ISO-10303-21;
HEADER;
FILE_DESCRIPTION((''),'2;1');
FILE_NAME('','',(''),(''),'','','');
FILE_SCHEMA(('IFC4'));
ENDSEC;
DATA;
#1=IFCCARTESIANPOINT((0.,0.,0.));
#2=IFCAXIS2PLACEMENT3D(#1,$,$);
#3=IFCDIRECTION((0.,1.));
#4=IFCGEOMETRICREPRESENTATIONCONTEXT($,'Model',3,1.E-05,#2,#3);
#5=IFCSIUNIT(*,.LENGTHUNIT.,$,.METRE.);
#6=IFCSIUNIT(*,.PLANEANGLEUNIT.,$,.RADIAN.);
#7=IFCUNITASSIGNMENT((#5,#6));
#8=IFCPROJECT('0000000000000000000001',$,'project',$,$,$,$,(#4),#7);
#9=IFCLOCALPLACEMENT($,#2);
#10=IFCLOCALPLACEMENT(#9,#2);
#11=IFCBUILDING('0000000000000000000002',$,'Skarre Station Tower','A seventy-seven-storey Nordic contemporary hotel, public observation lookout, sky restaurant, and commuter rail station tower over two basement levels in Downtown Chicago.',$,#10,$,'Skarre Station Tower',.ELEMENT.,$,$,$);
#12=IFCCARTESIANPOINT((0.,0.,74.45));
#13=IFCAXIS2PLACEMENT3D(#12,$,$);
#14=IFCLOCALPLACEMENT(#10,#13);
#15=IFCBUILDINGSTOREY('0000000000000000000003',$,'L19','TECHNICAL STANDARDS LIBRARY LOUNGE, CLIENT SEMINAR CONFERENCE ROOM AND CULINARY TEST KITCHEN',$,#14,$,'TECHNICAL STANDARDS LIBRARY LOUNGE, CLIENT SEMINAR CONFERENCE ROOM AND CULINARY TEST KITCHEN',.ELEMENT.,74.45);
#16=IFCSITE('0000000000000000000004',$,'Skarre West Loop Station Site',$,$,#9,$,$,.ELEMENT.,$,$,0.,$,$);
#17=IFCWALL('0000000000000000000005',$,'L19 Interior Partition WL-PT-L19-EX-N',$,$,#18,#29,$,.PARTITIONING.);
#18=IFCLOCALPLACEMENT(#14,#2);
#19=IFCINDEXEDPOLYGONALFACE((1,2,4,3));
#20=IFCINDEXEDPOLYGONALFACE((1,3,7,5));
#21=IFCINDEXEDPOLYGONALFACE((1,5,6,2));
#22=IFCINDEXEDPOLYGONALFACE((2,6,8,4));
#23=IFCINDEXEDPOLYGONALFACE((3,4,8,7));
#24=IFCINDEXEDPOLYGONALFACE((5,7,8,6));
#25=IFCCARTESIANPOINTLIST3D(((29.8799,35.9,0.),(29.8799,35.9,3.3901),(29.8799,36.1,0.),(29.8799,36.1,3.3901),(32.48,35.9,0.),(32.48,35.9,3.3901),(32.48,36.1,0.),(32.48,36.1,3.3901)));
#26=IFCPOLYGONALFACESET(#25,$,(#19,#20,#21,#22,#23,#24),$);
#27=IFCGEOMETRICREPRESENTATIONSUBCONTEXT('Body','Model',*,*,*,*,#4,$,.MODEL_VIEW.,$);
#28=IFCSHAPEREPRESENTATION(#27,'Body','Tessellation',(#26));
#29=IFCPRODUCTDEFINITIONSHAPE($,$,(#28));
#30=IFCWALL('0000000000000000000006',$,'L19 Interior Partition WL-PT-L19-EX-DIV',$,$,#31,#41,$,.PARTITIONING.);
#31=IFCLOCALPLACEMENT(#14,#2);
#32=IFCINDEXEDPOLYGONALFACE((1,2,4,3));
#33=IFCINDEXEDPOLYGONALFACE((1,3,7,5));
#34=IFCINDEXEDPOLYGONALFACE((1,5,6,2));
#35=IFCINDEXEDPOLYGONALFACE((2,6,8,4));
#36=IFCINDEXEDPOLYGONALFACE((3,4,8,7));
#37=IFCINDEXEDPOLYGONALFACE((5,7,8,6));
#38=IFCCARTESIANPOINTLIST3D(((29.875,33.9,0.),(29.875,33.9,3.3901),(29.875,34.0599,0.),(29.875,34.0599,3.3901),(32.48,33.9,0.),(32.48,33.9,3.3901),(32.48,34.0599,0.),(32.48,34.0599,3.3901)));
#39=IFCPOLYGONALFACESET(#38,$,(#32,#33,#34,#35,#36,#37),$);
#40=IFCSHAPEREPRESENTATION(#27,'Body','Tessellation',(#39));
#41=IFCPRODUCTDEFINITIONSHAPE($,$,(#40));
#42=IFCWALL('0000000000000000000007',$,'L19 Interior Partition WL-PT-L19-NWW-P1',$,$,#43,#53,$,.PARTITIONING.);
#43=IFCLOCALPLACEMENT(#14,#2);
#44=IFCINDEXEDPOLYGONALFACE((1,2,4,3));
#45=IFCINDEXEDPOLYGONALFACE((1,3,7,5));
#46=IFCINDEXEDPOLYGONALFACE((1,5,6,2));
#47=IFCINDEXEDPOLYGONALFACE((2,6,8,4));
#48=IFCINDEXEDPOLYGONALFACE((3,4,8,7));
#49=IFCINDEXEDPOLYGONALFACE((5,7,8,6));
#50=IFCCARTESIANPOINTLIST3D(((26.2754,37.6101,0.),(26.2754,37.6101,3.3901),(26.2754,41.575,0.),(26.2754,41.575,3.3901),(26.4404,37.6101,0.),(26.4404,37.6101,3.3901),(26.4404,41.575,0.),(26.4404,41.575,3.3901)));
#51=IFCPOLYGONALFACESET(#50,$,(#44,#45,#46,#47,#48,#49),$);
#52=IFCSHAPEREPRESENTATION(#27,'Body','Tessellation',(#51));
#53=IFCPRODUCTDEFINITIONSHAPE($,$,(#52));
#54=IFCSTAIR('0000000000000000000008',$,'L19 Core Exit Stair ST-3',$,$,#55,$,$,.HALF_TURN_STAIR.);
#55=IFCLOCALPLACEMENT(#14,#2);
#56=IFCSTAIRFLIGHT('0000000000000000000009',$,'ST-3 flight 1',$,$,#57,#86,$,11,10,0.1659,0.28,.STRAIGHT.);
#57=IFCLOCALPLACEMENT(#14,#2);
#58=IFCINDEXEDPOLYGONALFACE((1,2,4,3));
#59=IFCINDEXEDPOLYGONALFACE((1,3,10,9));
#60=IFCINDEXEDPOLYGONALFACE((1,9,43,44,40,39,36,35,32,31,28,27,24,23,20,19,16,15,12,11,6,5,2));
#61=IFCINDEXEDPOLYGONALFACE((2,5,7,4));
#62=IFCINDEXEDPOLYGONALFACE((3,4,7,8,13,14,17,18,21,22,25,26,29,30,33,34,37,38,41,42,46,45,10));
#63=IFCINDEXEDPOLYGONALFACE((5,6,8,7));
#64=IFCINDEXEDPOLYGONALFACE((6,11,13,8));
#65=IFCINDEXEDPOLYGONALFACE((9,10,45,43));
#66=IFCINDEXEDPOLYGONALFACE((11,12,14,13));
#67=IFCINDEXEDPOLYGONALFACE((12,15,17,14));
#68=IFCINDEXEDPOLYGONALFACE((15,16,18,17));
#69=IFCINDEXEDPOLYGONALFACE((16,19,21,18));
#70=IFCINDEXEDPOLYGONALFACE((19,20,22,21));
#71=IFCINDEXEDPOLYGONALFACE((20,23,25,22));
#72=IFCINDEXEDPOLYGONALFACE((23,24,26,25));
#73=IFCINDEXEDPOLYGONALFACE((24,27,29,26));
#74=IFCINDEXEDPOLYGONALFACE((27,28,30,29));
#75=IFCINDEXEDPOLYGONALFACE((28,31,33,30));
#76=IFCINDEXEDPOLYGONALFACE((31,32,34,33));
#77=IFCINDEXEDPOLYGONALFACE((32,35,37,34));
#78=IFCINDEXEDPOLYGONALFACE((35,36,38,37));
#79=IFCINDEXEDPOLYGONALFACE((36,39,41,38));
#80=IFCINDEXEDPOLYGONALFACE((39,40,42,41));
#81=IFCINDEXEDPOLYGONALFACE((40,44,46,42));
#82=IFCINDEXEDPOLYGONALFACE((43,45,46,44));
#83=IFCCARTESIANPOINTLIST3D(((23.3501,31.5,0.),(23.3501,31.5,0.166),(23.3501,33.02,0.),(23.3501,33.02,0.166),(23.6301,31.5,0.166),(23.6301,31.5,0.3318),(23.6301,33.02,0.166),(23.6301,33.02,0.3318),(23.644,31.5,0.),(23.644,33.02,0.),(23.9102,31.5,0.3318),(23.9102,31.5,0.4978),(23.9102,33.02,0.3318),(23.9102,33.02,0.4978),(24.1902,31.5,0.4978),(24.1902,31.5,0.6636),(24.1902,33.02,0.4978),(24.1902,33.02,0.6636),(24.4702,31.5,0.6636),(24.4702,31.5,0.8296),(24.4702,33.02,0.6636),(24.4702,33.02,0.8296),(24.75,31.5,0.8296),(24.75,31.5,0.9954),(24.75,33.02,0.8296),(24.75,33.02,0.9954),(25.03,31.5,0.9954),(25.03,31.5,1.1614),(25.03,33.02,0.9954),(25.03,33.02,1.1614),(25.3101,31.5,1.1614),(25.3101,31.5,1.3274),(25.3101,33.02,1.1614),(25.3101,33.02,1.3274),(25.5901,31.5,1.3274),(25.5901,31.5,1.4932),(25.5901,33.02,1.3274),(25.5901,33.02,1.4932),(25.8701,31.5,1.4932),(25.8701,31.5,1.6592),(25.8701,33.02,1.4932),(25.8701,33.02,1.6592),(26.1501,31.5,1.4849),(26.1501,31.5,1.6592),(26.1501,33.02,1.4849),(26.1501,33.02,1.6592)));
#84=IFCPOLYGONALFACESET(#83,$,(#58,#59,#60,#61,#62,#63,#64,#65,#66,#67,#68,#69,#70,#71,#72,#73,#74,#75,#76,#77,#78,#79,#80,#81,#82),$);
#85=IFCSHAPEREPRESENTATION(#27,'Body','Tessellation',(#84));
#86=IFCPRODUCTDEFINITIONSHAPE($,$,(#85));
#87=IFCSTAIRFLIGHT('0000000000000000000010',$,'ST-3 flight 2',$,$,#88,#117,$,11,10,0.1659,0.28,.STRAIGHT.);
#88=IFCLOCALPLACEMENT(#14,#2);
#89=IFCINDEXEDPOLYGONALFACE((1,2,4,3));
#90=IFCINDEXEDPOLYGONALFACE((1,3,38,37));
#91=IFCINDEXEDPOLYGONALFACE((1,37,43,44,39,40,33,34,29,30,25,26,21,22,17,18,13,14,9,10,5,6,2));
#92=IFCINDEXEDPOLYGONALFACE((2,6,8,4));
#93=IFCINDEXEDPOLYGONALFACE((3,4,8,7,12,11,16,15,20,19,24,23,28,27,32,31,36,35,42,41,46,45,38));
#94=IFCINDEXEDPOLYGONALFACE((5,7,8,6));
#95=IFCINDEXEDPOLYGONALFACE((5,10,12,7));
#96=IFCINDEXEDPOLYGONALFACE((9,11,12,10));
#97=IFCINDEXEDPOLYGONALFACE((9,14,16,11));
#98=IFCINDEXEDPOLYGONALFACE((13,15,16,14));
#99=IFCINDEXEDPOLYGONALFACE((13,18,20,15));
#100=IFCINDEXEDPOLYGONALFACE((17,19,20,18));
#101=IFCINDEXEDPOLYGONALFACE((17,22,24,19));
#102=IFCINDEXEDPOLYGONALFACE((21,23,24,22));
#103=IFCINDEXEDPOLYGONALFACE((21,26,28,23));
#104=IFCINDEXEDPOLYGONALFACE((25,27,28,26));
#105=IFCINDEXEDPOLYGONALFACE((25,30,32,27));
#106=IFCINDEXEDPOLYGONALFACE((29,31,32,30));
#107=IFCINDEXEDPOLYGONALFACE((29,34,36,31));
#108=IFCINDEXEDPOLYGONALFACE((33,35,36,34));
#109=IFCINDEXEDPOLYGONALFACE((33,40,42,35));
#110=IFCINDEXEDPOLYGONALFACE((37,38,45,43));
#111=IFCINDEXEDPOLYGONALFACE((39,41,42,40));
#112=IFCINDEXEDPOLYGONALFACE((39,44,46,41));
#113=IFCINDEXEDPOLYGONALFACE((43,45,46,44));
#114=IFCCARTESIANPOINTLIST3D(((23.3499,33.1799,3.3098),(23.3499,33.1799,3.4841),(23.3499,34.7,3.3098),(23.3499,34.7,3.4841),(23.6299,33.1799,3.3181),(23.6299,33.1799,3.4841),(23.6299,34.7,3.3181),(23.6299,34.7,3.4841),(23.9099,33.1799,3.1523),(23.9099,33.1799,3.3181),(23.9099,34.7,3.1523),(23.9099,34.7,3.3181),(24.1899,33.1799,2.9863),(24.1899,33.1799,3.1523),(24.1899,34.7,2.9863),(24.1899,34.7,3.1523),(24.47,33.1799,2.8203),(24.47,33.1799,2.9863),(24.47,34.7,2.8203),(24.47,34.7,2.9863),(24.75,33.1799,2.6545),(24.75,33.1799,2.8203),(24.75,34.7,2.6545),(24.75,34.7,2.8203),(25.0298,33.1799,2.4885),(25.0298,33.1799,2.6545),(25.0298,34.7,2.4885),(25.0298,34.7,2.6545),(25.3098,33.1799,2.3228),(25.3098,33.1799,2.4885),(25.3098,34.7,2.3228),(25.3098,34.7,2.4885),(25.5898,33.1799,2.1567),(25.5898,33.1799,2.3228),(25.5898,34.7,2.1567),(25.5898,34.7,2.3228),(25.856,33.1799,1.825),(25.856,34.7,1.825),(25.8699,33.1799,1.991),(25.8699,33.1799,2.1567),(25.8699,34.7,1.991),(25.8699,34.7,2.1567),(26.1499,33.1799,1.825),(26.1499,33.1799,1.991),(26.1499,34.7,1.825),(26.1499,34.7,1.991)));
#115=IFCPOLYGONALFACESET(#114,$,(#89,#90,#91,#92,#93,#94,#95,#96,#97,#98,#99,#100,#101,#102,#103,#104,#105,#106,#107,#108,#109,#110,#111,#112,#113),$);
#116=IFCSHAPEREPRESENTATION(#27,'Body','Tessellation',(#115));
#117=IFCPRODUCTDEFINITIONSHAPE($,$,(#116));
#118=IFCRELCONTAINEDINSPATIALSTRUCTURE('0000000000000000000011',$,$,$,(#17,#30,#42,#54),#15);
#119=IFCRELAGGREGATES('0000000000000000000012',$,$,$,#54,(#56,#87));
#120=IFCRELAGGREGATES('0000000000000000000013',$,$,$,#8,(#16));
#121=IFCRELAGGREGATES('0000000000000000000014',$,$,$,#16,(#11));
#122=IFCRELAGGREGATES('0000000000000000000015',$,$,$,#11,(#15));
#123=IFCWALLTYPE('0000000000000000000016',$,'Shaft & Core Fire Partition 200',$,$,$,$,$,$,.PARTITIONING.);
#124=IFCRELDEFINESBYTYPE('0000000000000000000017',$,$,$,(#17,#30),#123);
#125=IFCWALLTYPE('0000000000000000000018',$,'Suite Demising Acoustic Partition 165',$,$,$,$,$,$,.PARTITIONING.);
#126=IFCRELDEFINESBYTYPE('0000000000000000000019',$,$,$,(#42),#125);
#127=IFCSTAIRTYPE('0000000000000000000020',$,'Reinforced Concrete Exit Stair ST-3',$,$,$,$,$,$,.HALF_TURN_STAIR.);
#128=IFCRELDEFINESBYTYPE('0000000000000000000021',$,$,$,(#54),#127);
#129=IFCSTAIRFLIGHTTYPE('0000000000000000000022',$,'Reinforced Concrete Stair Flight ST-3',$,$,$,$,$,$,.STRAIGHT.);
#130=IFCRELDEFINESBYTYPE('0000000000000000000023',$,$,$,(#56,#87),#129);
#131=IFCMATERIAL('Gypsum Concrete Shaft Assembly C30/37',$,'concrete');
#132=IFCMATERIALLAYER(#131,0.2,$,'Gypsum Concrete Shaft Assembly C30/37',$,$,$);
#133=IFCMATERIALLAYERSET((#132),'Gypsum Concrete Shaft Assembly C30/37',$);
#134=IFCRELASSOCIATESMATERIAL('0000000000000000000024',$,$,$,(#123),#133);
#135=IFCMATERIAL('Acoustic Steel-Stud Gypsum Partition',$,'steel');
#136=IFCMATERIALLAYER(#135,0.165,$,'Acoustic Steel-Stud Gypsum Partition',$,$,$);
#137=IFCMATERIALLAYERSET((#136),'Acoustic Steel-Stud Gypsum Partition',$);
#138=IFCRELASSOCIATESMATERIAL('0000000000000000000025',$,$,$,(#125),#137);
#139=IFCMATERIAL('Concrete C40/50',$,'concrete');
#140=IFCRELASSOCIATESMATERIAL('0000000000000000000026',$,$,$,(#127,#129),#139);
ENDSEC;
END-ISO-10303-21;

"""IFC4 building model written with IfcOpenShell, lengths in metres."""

from ifc_helpers import new_model, si_unit, direction, frame, frame_2d, origin, place, context, subcontext, project, spatial, polyline, rectangle, outline, extrude, material, layer, layer_set, type_object, element, aggregate, save


model = new_model("IFC4")

# Units and contexts
model_context = context("Model", 3, precision=1e-05, world=origin(), true_north=direction((0.0, 1.0)))
body_context = subcontext(model_context, "Body", "Model", "MODEL_VIEW")
ifc_project = project(units=[si_unit("LENGTHUNIT", "METRE"), si_unit("PLANEANGLEUNIT", "RADIAN")], contexts=[model_context])

# Site, building, storey
site_placement = place(None, origin())
site = spatial("IfcSite", under=ifc_project, at=site_placement, Name="Skarre West Loop Station Site", CompositionType="ELEMENT", RefElevation=0.0)
building_placement = place(site_placement, origin())
building = spatial("IfcBuilding", under=site, at=building_placement, Name="Skarre Station Tower", Description="A seventy-seven-storey Nordic contemporary hotel, public observation lookout, sky restaurant, and commuter rail station tower over two basement levels in Downtown Chicago.", LongName="Skarre Station Tower", CompositionType="ELEMENT")
storey_placement = place(building_placement, frame((0.0, 0.0, 74.45)))
storey = spatial("IfcBuildingStorey", under=building, at=storey_placement, Name="L19", Description="TECHNICAL STANDARDS LIBRARY LOUNGE, CLIENT SEMINAR CONFERENCE ROOM AND CULINARY TEST KITCHEN", LongName="TECHNICAL STANDARDS LIBRARY LOUNGE, CLIENT SEMINAR CONFERENCE ROOM AND CULINARY TEST KITCHEN", CompositionType="ELEMENT", Elevation=74.45)

# Shared definitions
ifc_material_1 = material(Name="Acoustic Steel-Stud Gypsum Partition", Category="steel")

# Walls
ifc_material_2 = material(Name="Gypsum Concrete Shaft Assembly C30/37", Category="concrete")
ifc_layer_1 = layer(ifc_material_2, 0.2, Name="Gypsum Concrete Shaft Assembly C30/37")
ifc_layer_set_1 = layer_set([ifc_layer_1], Name="Gypsum Concrete Shaft Assembly C30/37")
wall_type_1 = type_object("IfcWallType", Name="Shaft & Core Fire Partition 200", PredefinedType="PARTITIONING", material=ifc_layer_set_1)
wall_1_placement = place(storey_placement, frame((29.8799, 36.0, 0.0), z_axis=(0.0, 0.0, 1.0), x_axis=(1.0, 0.0, 0.0)))
element("IfcWall", 1, at=wall_1_placement, inside=storey, type_object=wall_type_1, Name="L19 Interior Partition WL-PT-L19-EX-N", PredefinedType="PARTITIONING", context=body_context, shape_type="SweptSolid", body=[
    extrude(rectangle(XDim=2.6001, YDim=0.2, at=frame_2d((1.3, 0.0))), origin(), (0.0, 0.0, 1.0), 3.3901),
])
wall_2_placement = place(storey_placement, frame((29.875, 33.98, 0.0), z_axis=(0.0, 0.0, 1.0), x_axis=(1.0, 0.0, 0.0)))
element("IfcWall", 2, at=wall_2_placement, inside=storey, type_object=wall_type_1, Name="L19 Interior Partition WL-PT-L19-EX-DIV", PredefinedType="PARTITIONING", context=body_context, shape_type="SweptSolid", body=[
    extrude(rectangle(XDim=2.605, YDim=0.1599, at=frame_2d((1.3025, 0.0))), origin(), (0.0, 0.0, 1.0), 3.3901),
])
ifc_layer_2 = layer(ifc_material_1, 0.165, Name="Acoustic Steel-Stud Gypsum Partition")
ifc_layer_set_2 = layer_set([ifc_layer_2], Name="Acoustic Steel-Stud Gypsum Partition")
wall_type_2 = type_object("IfcWallType", Name="Suite Demising Acoustic Partition 165", PredefinedType="PARTITIONING", material=ifc_layer_set_2)
wall_3_placement = place(storey_placement, frame((26.3579, 37.6101, 0.0), z_axis=(0.0, 0.0, 1.0), x_axis=(0.0, 1.0, 0.0)))
element("IfcWall", 3, at=wall_3_placement, inside=storey, type_object=wall_type_2, Name="L19 Interior Partition WL-PT-L19-NWW-P1", PredefinedType="PARTITIONING", context=body_context, shape_type="SweptSolid", body=[
    extrude(rectangle(XDim=3.9648, YDim=0.165, at=frame_2d((1.9824, 0.0))), origin(), (0.0, 0.0, 1.0), 3.3901),
])

# Stair, stair flights
ifc_material_3 = material(Name="Concrete C40/50", Category="concrete")
stair_type = type_object("IfcStairType", Name="Reinforced Concrete Exit Stair ST-3", PredefinedType="HALF_TURN_STAIR", material=ifc_material_3)
stair_placement = place(storey_placement, origin())
stair = element("IfcStair", 4, at=stair_placement, inside=storey, type_object=stair_type, Name="L19 Core Exit Stair ST-3", PredefinedType="HALF_TURN_STAIR")
stair_flight_type = type_object("IfcStairFlightType", Name="Reinforced Concrete Stair Flight ST-3", PredefinedType="STRAIGHT", material=ifc_material_3)
stair_flight_1_placement = place(storey_placement, frame((23.3501, 32.26, 0.0), z_axis=(0.0, 0.0, 1.0), x_axis=(1.0, 0.0, 0.0)))
stair_flight_1 = element("IfcStairFlight", 5, at=stair_flight_1_placement, type_object=stair_flight_type, Name="ST-3 flight 1", NumberOfRisers=11, NumberOfTreads=10, PredefinedType="STRAIGHT", RiserHeight=0.1659, TreadLength=0.28, context=body_context, shape_type="SweptSolid", body=[
    extrude(outline(polyline([(0.0, 0.0), (0.0, 0.166), (0.28, 0.166), (0.28, 0.3318), (0.5601, 0.3318), (0.5601, 0.4978), (0.8401, 0.4978), (0.8401, 0.6636), (1.1201, 0.6636), (1.1201, 0.8296), (1.3999, 0.8296), (1.3999, 0.9954), (1.6799, 0.9954), (1.6799, 1.1614), (1.96, 1.1614), (1.96, 1.3274), (2.24, 1.3274), (2.24, 1.4932), (2.52, 1.4932), (2.52, 1.6592), (2.8, 1.6592), (2.8, 1.825), (2.8, 1.4849), (0.2939, 0.0), (0.0, 0.0)])), frame((0.0, 0.76, 0.0), z_axis=(0.0, -1.0, 0.0), x_axis=(1.0, 0.0, 0.0)), (0.0, 0.0, 1.0), 1.52),
])
stair_flight_2_placement = place(storey_placement, frame((26.1499, 33.9399, 1.825), z_axis=(0.0, 0.0, 1.0), x_axis=(-1.0, 0.0, 0.0)))
stair_flight_2 = element("IfcStairFlight", 6, at=stair_flight_2_placement, type_object=stair_flight_type, Name="ST-3 flight 2", NumberOfRisers=11, NumberOfTreads=10, PredefinedType="STRAIGHT", RiserHeight=0.1659, TreadLength=0.28, context=body_context, shape_type="SweptSolid", body=[
    extrude(outline(polyline([(0.0, 0.0), (0.0, 0.166), (0.28, 0.166), (0.28, 0.3318), (0.5601, 0.3318), (0.5601, 0.4978), (0.8401, 0.4978), (0.8401, 0.6636), (1.1201, 0.6636), (1.1201, 0.8296), (1.3999, 0.8296), (1.3999, 0.9954), (1.6799, 0.9954), (1.6799, 1.1614), (1.96, 1.1614), (1.96, 1.3274), (2.24, 1.3274), (2.24, 1.4932), (2.52, 1.4932), (2.52, 1.6592), (2.8, 1.6592), (2.8, 1.825), (2.8, 1.4849), (0.2939, 0.0), (0.0, 0.0)])), frame((0.0, 0.76, 0.0), z_axis=(0.0, -1.0, 0.0), x_axis=(1.0, 0.0, 0.0)), (0.0, 0.0, 1.0), 1.52),
])
aggregate(stair, [stair_flight_1, stair_flight_2])

save(model, "model.ifc")
